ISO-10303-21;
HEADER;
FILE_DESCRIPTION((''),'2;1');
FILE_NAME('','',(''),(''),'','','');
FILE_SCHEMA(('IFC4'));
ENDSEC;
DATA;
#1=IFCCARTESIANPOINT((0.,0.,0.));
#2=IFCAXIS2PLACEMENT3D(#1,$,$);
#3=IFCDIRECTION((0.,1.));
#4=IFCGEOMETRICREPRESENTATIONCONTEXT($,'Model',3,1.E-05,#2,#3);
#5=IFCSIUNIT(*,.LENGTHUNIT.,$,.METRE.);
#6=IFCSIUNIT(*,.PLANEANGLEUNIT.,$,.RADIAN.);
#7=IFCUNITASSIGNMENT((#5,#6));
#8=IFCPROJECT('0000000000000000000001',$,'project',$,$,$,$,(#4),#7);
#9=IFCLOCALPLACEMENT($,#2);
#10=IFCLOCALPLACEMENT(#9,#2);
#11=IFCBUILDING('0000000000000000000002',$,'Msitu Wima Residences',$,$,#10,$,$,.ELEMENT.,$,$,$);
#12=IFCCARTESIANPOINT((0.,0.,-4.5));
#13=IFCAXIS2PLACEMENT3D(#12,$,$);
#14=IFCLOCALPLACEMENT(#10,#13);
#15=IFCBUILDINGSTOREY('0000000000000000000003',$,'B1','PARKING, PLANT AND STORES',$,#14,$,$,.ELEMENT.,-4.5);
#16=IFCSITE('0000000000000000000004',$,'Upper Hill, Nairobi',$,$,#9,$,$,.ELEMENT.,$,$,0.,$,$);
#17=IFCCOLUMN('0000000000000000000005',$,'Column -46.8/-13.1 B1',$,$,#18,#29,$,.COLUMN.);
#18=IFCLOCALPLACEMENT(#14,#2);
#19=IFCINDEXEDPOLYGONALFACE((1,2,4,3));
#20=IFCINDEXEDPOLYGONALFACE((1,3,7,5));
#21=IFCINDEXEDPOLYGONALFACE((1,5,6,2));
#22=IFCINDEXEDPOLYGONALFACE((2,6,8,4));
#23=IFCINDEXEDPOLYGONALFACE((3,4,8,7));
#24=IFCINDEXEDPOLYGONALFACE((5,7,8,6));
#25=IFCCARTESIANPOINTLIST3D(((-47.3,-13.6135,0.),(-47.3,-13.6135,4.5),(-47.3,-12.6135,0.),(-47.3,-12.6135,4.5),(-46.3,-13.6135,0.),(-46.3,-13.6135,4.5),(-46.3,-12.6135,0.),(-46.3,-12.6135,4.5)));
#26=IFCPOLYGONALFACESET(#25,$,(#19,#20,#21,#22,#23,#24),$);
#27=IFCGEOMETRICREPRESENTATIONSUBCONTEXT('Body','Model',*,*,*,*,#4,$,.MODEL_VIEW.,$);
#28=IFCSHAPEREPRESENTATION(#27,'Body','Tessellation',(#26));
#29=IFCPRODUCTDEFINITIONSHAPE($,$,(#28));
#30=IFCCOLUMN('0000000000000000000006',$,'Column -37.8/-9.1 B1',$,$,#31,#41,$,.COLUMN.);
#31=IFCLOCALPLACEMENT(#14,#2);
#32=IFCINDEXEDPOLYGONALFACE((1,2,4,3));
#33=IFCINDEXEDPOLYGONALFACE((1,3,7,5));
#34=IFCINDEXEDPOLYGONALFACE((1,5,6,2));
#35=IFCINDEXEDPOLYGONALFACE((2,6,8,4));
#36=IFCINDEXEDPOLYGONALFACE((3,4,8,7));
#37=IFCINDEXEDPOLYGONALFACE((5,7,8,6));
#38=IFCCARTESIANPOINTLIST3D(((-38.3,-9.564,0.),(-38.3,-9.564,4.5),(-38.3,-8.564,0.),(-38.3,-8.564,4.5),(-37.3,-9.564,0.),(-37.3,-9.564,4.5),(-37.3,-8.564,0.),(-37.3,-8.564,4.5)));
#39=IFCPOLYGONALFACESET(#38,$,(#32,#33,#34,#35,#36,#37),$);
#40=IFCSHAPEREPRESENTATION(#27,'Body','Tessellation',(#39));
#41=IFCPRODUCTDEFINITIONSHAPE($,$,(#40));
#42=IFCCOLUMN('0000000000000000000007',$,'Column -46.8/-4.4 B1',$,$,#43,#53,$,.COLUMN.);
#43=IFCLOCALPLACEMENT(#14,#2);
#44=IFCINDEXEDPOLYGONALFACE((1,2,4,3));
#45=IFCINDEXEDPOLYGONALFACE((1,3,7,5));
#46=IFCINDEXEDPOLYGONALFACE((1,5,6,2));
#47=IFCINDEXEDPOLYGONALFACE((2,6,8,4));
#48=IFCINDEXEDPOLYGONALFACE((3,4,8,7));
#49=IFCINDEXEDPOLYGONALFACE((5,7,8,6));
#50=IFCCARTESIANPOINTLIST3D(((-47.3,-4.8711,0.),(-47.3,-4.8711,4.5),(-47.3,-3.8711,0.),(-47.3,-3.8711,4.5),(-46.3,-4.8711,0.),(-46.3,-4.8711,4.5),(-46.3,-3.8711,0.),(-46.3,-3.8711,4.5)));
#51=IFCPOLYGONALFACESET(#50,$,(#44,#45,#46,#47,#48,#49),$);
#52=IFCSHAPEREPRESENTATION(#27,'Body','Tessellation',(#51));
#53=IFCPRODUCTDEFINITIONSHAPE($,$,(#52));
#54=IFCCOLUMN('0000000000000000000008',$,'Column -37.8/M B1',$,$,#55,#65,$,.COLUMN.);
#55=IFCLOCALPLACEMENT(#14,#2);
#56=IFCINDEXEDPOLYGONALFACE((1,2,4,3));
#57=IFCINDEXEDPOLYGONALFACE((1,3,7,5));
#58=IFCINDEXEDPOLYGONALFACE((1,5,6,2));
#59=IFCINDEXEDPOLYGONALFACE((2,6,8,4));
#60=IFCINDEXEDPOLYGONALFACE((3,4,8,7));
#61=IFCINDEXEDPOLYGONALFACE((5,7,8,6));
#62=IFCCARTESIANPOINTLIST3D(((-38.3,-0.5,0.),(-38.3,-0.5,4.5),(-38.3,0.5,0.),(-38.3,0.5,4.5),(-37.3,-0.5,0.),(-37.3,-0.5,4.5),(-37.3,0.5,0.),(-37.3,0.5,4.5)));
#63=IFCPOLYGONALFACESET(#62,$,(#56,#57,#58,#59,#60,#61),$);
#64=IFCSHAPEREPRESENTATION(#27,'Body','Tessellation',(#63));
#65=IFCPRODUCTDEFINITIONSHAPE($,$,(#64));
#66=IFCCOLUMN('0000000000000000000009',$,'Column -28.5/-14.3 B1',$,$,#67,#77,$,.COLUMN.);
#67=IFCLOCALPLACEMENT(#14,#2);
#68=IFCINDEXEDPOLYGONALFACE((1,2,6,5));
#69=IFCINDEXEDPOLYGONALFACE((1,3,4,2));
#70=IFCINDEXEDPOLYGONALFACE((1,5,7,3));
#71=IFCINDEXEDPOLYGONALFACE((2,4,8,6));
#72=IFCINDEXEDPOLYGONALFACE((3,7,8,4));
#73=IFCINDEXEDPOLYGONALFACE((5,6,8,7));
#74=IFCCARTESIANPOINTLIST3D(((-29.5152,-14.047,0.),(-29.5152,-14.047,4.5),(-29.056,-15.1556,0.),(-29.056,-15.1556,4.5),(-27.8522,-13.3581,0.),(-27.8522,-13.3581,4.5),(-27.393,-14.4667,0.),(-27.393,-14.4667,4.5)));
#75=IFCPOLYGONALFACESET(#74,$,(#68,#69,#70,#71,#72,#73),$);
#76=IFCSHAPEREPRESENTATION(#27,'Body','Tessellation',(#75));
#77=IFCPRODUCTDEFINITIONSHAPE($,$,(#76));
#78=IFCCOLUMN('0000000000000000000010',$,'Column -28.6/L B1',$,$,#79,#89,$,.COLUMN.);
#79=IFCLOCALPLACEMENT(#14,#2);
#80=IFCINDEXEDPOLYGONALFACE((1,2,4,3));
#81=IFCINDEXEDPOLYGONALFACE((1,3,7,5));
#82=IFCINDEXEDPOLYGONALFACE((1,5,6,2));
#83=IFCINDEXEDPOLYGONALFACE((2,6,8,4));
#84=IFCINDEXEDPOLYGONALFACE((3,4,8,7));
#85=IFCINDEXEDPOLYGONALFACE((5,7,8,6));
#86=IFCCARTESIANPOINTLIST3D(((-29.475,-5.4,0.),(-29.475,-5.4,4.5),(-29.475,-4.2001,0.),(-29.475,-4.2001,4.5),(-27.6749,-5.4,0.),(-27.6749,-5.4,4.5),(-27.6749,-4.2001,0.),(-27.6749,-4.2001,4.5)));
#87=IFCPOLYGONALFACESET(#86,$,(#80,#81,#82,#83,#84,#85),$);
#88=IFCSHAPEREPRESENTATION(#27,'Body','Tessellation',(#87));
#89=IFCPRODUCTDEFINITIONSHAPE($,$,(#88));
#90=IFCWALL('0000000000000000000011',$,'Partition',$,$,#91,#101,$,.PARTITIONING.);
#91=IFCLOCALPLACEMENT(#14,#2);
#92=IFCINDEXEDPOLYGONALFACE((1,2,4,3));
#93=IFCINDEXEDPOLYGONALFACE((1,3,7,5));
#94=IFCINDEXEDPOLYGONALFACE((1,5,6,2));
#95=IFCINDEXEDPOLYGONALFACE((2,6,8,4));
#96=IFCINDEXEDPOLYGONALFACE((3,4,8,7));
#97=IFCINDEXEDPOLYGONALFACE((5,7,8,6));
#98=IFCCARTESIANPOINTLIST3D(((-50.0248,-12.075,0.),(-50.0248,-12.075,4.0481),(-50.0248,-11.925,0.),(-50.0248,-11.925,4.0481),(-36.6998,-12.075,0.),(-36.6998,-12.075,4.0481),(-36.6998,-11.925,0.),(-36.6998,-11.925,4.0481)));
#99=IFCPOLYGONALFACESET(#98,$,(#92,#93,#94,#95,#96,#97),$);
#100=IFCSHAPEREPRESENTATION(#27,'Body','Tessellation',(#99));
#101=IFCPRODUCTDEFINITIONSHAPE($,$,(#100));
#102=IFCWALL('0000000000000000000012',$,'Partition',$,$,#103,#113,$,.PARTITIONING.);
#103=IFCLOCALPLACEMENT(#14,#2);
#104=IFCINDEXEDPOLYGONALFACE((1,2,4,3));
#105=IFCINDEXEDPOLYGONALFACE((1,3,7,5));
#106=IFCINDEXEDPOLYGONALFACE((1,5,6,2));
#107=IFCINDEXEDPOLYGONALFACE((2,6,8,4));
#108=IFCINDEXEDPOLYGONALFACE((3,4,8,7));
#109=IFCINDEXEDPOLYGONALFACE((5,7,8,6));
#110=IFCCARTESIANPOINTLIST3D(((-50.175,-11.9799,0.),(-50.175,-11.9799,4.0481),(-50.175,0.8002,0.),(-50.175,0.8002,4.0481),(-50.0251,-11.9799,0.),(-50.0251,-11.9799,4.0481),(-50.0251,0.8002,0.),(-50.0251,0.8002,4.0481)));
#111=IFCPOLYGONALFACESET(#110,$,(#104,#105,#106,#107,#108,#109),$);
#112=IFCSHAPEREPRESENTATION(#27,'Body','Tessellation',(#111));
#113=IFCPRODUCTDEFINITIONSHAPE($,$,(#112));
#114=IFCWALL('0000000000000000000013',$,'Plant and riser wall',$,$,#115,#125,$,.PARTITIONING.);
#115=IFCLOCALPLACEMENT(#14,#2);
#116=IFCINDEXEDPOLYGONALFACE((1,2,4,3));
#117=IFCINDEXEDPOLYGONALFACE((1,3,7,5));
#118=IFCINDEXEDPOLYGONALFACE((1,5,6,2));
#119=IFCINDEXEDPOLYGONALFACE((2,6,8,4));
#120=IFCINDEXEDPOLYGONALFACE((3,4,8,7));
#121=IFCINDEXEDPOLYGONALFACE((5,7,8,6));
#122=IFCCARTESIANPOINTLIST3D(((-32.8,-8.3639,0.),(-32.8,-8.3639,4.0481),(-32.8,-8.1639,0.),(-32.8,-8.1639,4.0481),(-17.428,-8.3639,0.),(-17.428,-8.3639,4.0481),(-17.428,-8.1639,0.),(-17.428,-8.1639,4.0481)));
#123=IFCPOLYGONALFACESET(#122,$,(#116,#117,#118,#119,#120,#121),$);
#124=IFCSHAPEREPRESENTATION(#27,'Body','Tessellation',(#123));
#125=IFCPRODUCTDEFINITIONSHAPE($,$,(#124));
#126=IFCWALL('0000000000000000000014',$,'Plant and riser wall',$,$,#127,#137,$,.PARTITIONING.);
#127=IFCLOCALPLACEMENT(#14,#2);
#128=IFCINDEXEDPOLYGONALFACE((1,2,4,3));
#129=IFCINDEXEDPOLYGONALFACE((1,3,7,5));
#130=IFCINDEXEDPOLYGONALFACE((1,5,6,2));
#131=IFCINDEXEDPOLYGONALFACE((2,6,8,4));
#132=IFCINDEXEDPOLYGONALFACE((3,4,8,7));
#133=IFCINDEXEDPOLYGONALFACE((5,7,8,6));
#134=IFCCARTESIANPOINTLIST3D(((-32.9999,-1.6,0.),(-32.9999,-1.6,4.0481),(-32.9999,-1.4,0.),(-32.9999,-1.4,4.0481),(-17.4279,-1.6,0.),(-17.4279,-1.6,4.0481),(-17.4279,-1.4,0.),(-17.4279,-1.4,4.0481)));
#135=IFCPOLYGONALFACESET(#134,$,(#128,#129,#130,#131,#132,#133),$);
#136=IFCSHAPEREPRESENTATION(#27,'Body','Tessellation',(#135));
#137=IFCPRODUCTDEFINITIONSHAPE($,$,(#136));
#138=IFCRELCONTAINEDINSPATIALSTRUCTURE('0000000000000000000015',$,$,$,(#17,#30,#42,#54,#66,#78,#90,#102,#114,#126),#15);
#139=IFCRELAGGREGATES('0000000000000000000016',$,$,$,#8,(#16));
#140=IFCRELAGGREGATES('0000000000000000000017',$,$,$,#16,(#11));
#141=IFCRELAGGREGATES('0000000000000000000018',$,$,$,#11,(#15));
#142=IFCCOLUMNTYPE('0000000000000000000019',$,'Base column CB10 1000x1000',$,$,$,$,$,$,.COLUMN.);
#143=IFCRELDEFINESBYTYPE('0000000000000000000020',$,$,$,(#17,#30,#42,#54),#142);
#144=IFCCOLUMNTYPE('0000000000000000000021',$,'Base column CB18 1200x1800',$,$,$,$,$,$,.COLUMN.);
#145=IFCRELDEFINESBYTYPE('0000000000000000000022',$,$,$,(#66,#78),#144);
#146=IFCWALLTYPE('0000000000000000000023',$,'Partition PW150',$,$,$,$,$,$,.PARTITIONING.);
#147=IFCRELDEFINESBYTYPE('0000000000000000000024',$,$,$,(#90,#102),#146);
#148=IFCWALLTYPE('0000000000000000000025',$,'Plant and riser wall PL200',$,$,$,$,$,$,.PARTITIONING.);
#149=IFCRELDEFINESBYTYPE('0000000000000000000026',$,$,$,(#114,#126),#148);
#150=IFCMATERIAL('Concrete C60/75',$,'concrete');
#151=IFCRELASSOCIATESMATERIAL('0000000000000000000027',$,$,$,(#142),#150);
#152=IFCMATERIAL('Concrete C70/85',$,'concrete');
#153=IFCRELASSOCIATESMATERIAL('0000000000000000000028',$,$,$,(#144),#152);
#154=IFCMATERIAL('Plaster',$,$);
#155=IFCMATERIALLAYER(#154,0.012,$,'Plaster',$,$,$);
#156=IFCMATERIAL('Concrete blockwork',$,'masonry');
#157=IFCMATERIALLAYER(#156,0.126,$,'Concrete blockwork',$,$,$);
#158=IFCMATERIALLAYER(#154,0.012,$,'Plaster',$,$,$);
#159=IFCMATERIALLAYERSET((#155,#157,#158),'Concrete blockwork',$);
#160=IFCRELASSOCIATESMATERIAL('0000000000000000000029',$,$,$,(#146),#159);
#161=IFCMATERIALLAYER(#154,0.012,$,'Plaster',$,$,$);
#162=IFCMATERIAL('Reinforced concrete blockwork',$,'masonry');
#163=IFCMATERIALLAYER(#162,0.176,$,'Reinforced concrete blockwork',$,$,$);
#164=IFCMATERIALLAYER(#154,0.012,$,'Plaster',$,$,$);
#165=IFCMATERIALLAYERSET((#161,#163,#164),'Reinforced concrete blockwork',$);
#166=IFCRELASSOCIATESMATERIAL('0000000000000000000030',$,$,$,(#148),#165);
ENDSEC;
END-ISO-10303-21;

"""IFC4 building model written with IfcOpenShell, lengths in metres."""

from ifc_helpers import new_model, si_unit, direction, frame, frame_2d, origin, origin_2d, place, context, subcontext, project, spatial, rectangle, extrude, material, layer, layer_set, material_profile, profile_set, type_object, element, save


model = new_model("IFC4")

# Units and contexts
model_context = context("Model", 3, precision=1e-05, world=origin(), true_north=direction((0.0, 1.0)))
body_context = subcontext(model_context, "Body", "Model", "MODEL_VIEW")
ifc_project = project(units=[si_unit("LENGTHUNIT", "METRE"), si_unit("PLANEANGLEUNIT", "RADIAN")], contexts=[model_context])

# Site, building, storey
site_placement = place(None, origin())
site = spatial("IfcSite", under=ifc_project, at=site_placement, Name="Upper Hill, Nairobi", CompositionType="ELEMENT", RefElevation=0.0)
building_placement = place(site_placement, origin())
building = spatial("IfcBuilding", under=site, at=building_placement, Name="Msitu Wima Residences", CompositionType="ELEMENT")
storey_placement = place(building_placement, frame((0.0, 0.0, -4.5)))
storey = spatial("IfcBuildingStorey", under=building, at=storey_placement, Name="B1", Description="PARKING, PLANT AND STORES", CompositionType="ELEMENT", Elevation=-4.5)

# Columns
ifc_material_1 = material(Name="Concrete C60/75", Category="concrete")
ifc_material_profile_1 = material_profile(ifc_material_1, rectangle(XDim=1.0, YDim=1.0, at=origin_2d()), Name="RC 1000x1000")
ifc_profile_set_1 = profile_set([ifc_material_profile_1], Name="Concrete C60/75")
column_type_1 = type_object("IfcColumnType", Name="Base column CB10 1000x1000", PredefinedType="COLUMN", material=ifc_profile_set_1)
for number, where, z_axis, x_axis, name in (
    (1, (-46.8, -13.1135, 0.0), (0.0, 0.0, 1.0), (1.0, 0.0, 0.0), "Column -46.8/-13.1 B1"),
    (2, (-37.8, -9.064, 0.0), (0.0, 0.0, 1.0), (1.0, 0.0, 0.0), "Column -37.8/-9.1 B1"),
    (3, (-46.8, -4.3711, 0.0), (0.0, 0.0, 1.0), (1.0, 0.0, 0.0), "Column -46.8/-4.4 B1"),
    (4, (-37.8, 0.0, 0.0), (0.0, 0.0, 1.0), (1.0, 0.0, 0.0), "Column -37.8/M B1"),
):
    element("IfcColumn", number, at=place(storey_placement, frame(where, z_axis=z_axis, x_axis=x_axis)), inside=storey, type_object=column_type_1, Name=name, PredefinedType="COLUMN", context=body_context, shape_type="SweptSolid", body=[
        extrude(rectangle(XDim=1.0, YDim=1.0, at=origin_2d()), origin(), (0.0, 0.0, 1.0), 4.5),
    ])
ifc_material_2 = material(Name="Concrete C70/85", Category="concrete")
ifc_material_profile_2 = material_profile(ifc_material_2, rectangle(XDim=1.2, YDim=1.8, at=origin_2d()), Name="RC 1200x1800")
ifc_profile_set_2 = profile_set([ifc_material_profile_2], Name="Concrete C70/85")
column_type_2 = type_object("IfcColumnType", Name="Base column CB18 1200x1800", PredefinedType="COLUMN", material=ifc_profile_set_2)
for number, where, z_axis, x_axis, name in (
    (5, (-28.4541, -14.2568, 0.0), (0.0, 0.0, 1.0), (0.382683, -0.92388, 0.0), "Column -28.5/-14.3 B1"),
    (6, (-28.575, -4.8, 0.0), (0.0, 0.0, 1.0), (0.0, -1.0, 0.0), "Column -28.6/L B1"),
):
    element("IfcColumn", number, at=place(storey_placement, frame(where, z_axis=z_axis, x_axis=x_axis)), inside=storey, type_object=column_type_2, Name=name, PredefinedType="COLUMN", context=body_context, shape_type="SweptSolid", body=[
        extrude(rectangle(XDim=1.2, YDim=1.8, at=origin_2d()), origin(), (0.0, 0.0, 1.0), 4.5),
    ])

# Shared definitions
ifc_material_3 = material(Name="Plaster")
ifc_material_4 = material(Name="Concrete blockwork", Category="masonry")

# Walls
ifc_layer_1 = layer(ifc_material_3, 0.012, Name="Plaster")
ifc_layer_2 = layer(ifc_material_4, 0.126, Name="Concrete blockwork")
ifc_layer_3 = layer(ifc_material_3, 0.012, Name="Plaster")
ifc_layer_set_1 = layer_set([ifc_layer_1, ifc_layer_2, ifc_layer_3], Name="Concrete blockwork")
wall_type_1 = type_object("IfcWallType", Name="Partition PW150", PredefinedType="PARTITIONING", material=ifc_layer_set_1)
wall_1_placement = place(storey_placement, frame((-50.0249, -12.0, 0.0), z_axis=(0.0, 0.0, 1.0), x_axis=(1.0, 0.0, 0.0)))
element("IfcWall", 7, at=wall_1_placement, inside=storey, type_object=wall_type_1, Name="Partition", PredefinedType="PARTITIONING", context=body_context, shape_type="SweptSolid", body=[
    extrude(rectangle(XDim=13.325, YDim=0.1499, at=frame_2d((6.6626, 0.0))), origin(), (0.0, 0.0, 1.0), 4.0481),
])
wall_2_placement = place(storey_placement, frame((-50.1001, -11.98, 0.0), z_axis=(0.0, 0.0, 1.0), x_axis=(0.0, 1.0, 0.0)))
element("IfcWall", 8, at=wall_2_placement, inside=storey, type_object=wall_type_1, Name="Partition", PredefinedType="PARTITIONING", context=body_context, shape_type="SweptSolid", body=[
    extrude(rectangle(XDim=12.78, YDim=0.1499, at=frame_2d((6.3901, 0.0))), origin(), (0.0, 0.0, 1.0), 4.0481),
])
ifc_layer_4 = layer(ifc_material_3, 0.012, Name="Plaster")
ifc_material_5 = material(Name="Reinforced concrete blockwork", Category="masonry")
ifc_layer_5 = layer(ifc_material_5, 0.176, Name="Reinforced concrete blockwork")
ifc_layer_6 = layer(ifc_material_3, 0.012, Name="Plaster")
ifc_layer_set_2 = layer_set([ifc_layer_4, ifc_layer_5, ifc_layer_6], Name="Reinforced concrete blockwork")
wall_type_2 = type_object("IfcWallType", Name="Plant and riser wall PL200", PredefinedType="PARTITIONING", material=ifc_layer_set_2)
wall_3_placement = place(storey_placement, frame((-32.8, -8.2639, 0.0), z_axis=(0.0, 0.0, 1.0), x_axis=(1.0, 0.0, 0.0)))
element("IfcWall", 9, at=wall_3_placement, inside=storey, type_object=wall_type_2, Name="Plant and riser wall", PredefinedType="PARTITIONING", context=body_context, shape_type="SweptSolid", body=[
    extrude(rectangle(XDim=15.3721, YDim=0.2, at=frame_2d((7.686, 0.0))), origin(), (0.0, 0.0, 1.0), 4.0481),
])
wall_4_placement = place(storey_placement, frame((-33.0, -1.5, 0.0), z_axis=(0.0, 0.0, 1.0), x_axis=(1.0, 0.0, 0.0)))
element("IfcWall", 10, at=wall_4_placement, inside=storey, type_object=wall_type_2, Name="Plant and riser wall", PredefinedType="PARTITIONING", context=body_context, shape_type="SweptSolid", body=[
    extrude(rectangle(XDim=15.572, YDim=0.2, at=frame_2d((7.7861, 0.0))), origin(), (0.0, 0.0, 1.0), 4.0481),
])

save(model, "model.ifc")
